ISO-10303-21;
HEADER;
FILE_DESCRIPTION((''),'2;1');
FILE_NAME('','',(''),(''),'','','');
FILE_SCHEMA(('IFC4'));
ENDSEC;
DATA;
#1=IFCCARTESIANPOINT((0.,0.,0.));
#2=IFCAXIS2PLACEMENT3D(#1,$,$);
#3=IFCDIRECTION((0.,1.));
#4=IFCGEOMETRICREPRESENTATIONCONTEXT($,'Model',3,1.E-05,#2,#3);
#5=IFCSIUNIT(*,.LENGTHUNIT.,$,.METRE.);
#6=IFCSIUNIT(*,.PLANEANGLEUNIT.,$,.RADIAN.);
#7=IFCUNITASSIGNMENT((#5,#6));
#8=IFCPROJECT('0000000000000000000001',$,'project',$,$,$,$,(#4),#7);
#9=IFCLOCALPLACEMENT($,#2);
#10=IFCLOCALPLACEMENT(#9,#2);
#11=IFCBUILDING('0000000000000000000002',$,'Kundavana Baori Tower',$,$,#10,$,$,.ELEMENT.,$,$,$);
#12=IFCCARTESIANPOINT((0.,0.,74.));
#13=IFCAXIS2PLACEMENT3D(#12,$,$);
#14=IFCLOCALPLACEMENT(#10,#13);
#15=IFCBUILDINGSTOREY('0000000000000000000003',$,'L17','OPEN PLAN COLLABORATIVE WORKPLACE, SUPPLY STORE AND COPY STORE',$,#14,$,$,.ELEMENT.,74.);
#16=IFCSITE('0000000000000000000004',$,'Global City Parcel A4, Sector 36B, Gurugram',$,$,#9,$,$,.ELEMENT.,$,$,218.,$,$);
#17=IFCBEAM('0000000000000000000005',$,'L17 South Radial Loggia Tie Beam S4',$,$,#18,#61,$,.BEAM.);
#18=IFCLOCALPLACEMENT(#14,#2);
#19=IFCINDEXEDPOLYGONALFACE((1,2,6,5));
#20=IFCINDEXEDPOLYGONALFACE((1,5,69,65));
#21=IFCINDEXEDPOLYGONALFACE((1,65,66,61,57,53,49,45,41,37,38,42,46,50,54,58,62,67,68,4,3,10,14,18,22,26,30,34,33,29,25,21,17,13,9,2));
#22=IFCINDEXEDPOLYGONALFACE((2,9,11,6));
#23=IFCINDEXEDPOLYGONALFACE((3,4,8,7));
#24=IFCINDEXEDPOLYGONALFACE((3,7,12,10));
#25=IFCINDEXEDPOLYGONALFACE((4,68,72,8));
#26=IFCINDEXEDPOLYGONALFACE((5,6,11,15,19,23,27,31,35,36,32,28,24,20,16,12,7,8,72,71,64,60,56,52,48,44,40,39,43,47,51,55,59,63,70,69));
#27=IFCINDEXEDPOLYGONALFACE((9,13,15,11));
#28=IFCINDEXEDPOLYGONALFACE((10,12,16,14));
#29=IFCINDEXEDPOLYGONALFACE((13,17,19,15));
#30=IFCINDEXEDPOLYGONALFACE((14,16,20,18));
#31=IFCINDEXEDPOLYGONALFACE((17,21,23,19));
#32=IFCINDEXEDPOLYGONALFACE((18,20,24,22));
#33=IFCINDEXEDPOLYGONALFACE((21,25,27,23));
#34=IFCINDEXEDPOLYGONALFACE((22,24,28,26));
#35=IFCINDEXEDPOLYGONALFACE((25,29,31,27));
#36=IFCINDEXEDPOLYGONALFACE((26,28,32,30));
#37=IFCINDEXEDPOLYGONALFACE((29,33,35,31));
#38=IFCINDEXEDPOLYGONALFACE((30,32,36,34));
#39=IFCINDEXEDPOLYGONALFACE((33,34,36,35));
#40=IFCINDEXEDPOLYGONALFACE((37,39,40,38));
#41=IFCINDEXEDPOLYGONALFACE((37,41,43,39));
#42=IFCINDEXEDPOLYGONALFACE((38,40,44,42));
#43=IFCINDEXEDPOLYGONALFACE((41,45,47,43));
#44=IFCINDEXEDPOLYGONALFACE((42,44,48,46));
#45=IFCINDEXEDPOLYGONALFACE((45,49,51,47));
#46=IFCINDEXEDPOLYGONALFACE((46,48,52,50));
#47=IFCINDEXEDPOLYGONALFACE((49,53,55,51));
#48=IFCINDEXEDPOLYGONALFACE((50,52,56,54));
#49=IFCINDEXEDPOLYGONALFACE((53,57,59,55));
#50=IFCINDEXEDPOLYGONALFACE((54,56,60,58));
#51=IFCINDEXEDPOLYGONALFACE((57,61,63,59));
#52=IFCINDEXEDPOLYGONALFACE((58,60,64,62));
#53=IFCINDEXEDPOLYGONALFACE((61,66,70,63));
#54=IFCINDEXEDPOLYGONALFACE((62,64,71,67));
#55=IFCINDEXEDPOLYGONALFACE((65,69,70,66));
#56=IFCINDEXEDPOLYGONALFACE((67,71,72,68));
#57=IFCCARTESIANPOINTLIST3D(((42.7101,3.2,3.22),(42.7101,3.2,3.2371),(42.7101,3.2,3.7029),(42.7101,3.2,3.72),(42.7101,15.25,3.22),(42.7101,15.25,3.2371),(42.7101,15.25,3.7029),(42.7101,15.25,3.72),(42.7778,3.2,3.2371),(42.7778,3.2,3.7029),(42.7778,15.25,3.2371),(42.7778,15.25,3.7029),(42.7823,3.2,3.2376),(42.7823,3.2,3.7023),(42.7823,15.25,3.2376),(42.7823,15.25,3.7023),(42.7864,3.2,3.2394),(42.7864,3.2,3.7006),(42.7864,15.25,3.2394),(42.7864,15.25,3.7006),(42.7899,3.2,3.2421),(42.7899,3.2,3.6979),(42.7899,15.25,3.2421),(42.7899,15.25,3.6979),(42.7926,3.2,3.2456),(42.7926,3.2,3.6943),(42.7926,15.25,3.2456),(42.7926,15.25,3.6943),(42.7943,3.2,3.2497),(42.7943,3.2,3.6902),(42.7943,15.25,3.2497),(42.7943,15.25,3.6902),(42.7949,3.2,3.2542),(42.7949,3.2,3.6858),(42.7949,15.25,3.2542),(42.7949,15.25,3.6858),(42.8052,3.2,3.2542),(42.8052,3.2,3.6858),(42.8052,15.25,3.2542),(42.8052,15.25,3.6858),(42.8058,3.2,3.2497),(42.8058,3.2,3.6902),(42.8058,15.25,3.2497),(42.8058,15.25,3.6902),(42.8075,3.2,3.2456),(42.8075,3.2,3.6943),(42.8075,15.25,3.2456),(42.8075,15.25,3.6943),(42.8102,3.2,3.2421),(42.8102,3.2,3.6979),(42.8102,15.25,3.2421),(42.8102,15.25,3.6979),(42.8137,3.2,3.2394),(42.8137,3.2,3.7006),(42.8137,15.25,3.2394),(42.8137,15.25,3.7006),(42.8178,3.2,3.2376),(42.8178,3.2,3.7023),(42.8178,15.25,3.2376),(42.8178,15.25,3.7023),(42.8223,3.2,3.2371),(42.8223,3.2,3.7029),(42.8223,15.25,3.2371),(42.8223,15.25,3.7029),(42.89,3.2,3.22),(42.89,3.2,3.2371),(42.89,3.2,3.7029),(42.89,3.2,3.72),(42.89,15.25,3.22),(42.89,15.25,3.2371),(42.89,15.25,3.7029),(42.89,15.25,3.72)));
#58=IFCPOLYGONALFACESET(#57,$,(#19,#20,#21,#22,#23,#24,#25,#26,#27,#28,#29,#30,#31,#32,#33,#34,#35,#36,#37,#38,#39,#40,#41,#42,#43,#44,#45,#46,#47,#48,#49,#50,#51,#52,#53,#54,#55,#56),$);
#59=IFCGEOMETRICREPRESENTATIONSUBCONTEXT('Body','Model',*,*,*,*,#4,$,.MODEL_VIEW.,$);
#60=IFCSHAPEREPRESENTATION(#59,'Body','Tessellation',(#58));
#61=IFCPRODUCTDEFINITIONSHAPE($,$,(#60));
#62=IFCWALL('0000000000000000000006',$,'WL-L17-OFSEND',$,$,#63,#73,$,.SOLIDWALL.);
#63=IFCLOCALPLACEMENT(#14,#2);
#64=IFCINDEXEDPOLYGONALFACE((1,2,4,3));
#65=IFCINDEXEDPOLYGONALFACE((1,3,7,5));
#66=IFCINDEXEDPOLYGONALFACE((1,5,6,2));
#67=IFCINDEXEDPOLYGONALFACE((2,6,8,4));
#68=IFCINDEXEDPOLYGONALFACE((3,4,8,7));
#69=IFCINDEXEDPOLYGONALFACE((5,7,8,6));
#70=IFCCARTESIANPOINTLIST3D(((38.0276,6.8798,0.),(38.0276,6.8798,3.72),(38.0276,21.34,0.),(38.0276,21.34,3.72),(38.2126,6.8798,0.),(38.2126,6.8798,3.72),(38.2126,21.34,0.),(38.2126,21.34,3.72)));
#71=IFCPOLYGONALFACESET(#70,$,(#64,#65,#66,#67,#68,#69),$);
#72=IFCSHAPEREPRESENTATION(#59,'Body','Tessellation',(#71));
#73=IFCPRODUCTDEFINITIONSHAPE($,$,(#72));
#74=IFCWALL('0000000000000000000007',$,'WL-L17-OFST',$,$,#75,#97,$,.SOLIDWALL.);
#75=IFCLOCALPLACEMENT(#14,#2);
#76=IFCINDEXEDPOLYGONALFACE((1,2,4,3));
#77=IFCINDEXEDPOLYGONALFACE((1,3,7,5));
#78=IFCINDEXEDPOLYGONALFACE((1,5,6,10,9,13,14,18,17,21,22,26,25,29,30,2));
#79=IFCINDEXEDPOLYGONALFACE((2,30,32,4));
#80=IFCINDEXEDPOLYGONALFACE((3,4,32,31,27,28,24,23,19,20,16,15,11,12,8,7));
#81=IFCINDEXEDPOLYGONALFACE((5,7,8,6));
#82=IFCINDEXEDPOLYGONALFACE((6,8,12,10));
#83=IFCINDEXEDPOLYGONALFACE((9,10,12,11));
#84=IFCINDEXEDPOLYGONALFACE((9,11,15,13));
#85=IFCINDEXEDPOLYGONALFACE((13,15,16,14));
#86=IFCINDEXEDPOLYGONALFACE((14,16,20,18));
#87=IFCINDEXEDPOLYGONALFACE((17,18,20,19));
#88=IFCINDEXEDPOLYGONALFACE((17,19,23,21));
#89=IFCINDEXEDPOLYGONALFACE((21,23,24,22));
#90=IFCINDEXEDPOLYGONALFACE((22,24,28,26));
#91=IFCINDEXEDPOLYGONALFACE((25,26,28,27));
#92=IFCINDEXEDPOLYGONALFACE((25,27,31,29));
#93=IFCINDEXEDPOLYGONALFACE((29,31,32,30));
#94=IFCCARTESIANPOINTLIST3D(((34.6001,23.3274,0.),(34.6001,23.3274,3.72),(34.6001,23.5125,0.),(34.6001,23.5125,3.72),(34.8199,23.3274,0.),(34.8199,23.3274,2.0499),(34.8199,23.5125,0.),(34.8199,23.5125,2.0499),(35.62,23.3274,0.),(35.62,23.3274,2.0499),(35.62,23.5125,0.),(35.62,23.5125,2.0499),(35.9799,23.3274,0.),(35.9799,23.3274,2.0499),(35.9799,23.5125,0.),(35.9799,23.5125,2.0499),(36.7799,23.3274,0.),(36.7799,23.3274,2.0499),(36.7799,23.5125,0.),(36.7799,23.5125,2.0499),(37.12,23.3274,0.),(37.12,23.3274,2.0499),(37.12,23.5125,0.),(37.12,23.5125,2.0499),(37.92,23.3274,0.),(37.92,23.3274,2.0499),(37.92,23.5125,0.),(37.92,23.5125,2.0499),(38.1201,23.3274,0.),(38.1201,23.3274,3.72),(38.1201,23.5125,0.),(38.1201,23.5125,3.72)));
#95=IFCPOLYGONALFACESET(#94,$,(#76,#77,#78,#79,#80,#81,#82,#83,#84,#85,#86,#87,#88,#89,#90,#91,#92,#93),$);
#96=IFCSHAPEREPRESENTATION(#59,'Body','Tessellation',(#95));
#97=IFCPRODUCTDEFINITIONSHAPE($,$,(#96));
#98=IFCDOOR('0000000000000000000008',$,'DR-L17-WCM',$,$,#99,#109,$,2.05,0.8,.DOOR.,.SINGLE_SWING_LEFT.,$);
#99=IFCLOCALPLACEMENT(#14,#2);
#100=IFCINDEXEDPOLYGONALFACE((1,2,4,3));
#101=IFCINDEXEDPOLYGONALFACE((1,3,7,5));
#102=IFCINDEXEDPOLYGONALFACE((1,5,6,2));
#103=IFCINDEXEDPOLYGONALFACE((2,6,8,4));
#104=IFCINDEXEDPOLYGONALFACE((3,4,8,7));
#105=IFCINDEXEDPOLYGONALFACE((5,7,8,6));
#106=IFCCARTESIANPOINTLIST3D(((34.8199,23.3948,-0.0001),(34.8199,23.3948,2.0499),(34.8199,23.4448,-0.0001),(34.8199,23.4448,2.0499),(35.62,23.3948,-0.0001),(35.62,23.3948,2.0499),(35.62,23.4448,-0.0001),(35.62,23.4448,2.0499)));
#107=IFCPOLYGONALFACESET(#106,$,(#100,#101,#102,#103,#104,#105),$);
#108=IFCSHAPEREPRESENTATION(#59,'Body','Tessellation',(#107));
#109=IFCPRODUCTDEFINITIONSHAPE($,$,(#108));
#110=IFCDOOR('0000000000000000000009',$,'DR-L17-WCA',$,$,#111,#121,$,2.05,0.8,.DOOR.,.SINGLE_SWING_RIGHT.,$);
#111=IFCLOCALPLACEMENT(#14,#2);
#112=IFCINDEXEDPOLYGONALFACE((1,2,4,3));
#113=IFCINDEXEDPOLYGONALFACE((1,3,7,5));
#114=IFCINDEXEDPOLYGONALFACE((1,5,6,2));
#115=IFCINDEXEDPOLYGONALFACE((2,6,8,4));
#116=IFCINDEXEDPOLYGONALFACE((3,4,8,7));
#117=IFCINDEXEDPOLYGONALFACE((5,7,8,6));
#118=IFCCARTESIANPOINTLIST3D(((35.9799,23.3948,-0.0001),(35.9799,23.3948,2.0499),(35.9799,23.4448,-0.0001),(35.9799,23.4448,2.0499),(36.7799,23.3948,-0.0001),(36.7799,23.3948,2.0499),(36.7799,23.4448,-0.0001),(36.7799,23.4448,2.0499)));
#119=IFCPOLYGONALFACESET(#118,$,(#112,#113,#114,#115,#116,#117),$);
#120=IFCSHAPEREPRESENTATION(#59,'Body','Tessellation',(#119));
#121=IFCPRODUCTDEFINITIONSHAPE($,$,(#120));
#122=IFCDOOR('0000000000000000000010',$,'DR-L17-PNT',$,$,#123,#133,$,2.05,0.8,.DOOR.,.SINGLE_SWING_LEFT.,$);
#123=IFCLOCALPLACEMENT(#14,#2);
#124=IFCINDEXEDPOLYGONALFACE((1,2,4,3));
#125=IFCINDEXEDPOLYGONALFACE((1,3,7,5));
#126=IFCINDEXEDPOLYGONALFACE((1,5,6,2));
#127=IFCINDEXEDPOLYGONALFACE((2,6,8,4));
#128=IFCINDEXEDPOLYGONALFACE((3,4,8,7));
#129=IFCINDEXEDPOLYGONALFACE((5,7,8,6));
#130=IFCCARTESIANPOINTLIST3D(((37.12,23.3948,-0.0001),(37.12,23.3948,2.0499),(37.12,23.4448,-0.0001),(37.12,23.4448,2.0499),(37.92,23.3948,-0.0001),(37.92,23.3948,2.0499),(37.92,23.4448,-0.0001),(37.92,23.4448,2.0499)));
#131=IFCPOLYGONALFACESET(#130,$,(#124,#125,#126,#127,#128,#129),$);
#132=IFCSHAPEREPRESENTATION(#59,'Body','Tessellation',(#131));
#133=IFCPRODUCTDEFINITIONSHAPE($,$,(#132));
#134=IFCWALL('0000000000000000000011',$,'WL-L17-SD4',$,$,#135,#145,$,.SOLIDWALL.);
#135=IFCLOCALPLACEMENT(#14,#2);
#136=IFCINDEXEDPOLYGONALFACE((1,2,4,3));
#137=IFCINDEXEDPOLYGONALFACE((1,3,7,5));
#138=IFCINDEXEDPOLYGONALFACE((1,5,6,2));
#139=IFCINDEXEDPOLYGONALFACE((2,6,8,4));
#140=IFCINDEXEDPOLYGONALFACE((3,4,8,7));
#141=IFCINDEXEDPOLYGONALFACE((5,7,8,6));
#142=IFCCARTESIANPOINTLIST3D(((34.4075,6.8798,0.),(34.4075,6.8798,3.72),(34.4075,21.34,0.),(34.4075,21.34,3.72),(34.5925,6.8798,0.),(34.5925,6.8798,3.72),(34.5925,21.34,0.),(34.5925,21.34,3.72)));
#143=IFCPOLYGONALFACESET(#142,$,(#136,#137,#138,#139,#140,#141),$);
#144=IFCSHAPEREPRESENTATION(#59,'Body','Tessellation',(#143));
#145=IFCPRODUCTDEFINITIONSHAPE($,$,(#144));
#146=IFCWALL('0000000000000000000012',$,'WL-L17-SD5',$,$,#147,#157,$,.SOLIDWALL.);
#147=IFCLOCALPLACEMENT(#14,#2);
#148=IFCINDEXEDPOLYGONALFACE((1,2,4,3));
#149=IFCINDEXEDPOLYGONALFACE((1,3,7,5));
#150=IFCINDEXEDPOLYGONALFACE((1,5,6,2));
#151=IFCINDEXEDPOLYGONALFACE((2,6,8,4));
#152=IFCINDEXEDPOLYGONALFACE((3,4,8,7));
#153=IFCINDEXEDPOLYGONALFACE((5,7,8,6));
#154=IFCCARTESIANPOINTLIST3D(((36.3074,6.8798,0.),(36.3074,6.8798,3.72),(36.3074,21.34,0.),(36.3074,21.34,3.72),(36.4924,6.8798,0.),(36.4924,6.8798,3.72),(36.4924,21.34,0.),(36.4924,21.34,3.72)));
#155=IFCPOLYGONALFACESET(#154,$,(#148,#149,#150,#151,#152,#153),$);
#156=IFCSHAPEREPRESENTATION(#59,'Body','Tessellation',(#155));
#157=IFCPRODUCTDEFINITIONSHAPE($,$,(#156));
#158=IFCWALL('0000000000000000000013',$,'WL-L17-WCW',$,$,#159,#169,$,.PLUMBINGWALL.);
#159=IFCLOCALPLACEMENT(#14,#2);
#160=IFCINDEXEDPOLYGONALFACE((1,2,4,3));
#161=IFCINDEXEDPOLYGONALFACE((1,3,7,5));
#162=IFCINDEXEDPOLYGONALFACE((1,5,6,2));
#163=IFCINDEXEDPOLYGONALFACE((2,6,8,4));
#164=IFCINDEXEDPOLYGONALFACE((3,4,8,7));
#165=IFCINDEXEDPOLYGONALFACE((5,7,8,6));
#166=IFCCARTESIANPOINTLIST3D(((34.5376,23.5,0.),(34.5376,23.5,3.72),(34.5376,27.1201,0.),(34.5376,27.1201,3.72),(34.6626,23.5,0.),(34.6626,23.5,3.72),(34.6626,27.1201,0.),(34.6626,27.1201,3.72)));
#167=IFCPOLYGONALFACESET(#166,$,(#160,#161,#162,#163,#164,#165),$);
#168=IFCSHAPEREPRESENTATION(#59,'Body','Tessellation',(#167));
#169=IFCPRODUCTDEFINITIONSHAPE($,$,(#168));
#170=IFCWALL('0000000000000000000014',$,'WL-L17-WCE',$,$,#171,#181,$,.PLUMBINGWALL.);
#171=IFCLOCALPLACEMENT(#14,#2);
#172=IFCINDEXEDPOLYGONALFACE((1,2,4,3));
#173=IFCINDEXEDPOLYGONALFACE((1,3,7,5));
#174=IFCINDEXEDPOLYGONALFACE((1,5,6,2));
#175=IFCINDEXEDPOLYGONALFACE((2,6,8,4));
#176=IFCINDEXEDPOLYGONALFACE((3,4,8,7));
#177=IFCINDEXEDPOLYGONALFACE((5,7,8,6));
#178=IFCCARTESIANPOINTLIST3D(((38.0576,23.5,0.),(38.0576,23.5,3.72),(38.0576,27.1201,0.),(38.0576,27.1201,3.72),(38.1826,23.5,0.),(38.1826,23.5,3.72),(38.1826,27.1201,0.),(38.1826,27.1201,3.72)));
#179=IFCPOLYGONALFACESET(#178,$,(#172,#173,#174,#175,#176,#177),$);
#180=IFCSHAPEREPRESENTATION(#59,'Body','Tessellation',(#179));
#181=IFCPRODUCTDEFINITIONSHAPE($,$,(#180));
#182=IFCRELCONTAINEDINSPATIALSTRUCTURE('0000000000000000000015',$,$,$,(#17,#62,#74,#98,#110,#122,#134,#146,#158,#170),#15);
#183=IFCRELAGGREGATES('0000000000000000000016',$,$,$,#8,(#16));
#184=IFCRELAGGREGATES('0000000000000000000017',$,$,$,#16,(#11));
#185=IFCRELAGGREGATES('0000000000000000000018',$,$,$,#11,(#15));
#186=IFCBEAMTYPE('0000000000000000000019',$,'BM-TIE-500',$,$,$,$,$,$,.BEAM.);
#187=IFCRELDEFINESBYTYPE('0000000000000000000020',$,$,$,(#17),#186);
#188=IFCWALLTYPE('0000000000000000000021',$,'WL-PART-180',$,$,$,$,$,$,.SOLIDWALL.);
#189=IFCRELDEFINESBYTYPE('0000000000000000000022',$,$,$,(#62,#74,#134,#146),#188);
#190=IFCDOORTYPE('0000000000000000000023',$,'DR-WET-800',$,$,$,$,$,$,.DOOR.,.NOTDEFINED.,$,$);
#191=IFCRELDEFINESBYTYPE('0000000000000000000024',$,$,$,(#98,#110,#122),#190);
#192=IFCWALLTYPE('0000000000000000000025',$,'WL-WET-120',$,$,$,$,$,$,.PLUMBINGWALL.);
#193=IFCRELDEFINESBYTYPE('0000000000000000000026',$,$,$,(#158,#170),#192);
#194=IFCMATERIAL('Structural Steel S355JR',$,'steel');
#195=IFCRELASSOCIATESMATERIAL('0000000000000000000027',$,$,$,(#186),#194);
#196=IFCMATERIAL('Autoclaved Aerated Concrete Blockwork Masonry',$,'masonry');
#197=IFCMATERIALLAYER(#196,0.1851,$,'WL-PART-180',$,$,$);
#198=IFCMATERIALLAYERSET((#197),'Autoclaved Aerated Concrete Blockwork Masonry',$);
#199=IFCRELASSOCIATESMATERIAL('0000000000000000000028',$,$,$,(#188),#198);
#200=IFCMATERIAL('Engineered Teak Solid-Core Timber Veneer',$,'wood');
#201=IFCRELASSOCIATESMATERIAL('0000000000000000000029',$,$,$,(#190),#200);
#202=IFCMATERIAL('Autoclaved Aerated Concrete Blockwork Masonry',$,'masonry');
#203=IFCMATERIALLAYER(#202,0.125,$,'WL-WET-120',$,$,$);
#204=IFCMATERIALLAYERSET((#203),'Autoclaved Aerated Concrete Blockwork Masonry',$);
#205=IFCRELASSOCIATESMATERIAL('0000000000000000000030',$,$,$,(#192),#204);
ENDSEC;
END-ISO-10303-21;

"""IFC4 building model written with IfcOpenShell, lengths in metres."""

from ifc_helpers import new_model, si_unit, direction, frame, frame_2d, origin, origin_2d, place, context, subcontext, project, spatial, rectangle, i_section, extrude, material, layer, layer_set, material_profile, profile_set, type_object, element, fill, save


model = new_model("IFC4")

# Units and contexts
model_context = context("Model", 3, precision=1e-05, world=origin(), true_north=direction((0.0, 1.0)))
body_context = subcontext(model_context, "Body", "Model", "MODEL_VIEW")
ifc_project = project(units=[si_unit("LENGTHUNIT", "METRE"), si_unit("PLANEANGLEUNIT", "RADIAN")], contexts=[model_context])

# Site, building, storey
site_placement = place(None, origin())
site = spatial("IfcSite", under=ifc_project, at=site_placement, Name="Global City Parcel A4, Sector 36B, Gurugram", CompositionType="ELEMENT", RefElevation=218.0)
building_placement = place(site_placement, origin())
building = spatial("IfcBuilding", under=site, at=building_placement, Name="Kundavana Baori Tower", CompositionType="ELEMENT")
storey_placement = place(building_placement, frame((0.0, 0.0, 74.0)))
storey = spatial("IfcBuildingStorey", under=building, at=storey_placement, Name="L17", Description="OPEN PLAN COLLABORATIVE WORKPLACE, SUPPLY STORE AND COPY STORE", CompositionType="ELEMENT", Elevation=74.0)

# Beam
ifc_material_1 = material(Name="Structural Steel S355JR", Category="steel")
ifc_material_profile_1 = material_profile(ifc_material_1, i_section(OverallWidth=0.1799, OverallDepth=0.5, WebThickness=0.0103, FlangeThickness=0.0171, FilletRadius=0.0171, at=origin_2d()), Name="ISMB 500")
ifc_profile_set_1 = profile_set([ifc_material_profile_1], Name="Structural Steel S355JR")
beam_type_1 = type_object("IfcBeamType", Name="BM-TIE-500", PredefinedType="BEAM", material=ifc_profile_set_1)
beam_1_placement = place(storey_placement, frame((42.8, 15.25, 3.47), z_axis=(0.0, -1.0, 0.0), x_axis=(1.0, 0.0, 0.0)))
element("IfcBeam", 1, at=beam_1_placement, inside=storey, type_object=beam_type_1, Name="L17 South Radial Loggia Tie Beam S4", PredefinedType="BEAM", context=body_context, shape_type="SweptSolid", body=[
    extrude(i_section(OverallWidth=0.1799, OverallDepth=0.5, WebThickness=0.0103, FlangeThickness=0.0171, FilletRadius=0.0171, at=origin_2d()), origin(), (0.0, 0.0, 1.0), 12.05),
])

# Wall
ifc_material_2 = material(Name="Autoclaved Aerated Concrete Blockwork Masonry", Category="masonry")
ifc_layer_1 = layer(ifc_material_2, 0.1851, Name="WL-PART-180")
ifc_layer_set_1 = layer_set([ifc_layer_1], Name="Autoclaved Aerated Concrete Blockwork Masonry")
wall_type_1 = type_object("IfcWallType", Name="WL-PART-180", PredefinedType="SOLIDWALL", material=ifc_layer_set_1)
wall_1_placement = place(storey_placement, frame((38.1201, 6.8799, 0.0), z_axis=(0.0, 0.0, 1.0), x_axis=(0.0, 1.0, 0.0)))
element("IfcWall", 2, at=wall_1_placement, inside=storey, type_object=wall_type_1, Name="WL-L17-OFSEND", PredefinedType="SOLIDWALL", context=body_context, shape_type="SweptSolid", body=[
    extrude(rectangle(XDim=14.4602, YDim=0.1851, at=frame_2d((7.23, 0.0))), origin(), (0.0, 0.0, 1.0), 3.72),
])

# Wall, openings, doors
wall_2_placement = place(storey_placement, frame((34.6001, 23.4199, 0.0), z_axis=(0.0, 0.0, 1.0), x_axis=(1.0, 0.0, 0.0)))
wall_2 = element("IfcWall", 3, at=wall_2_placement, inside=storey, type_object=wall_type_1, Name="WL-L17-OFST", PredefinedType="SOLIDWALL", context=body_context, shape_type="SweptSolid", body=[
    extrude(rectangle(XDim=3.52, YDim=0.1851, at=frame_2d((1.76, 0.0))), origin(), (0.0, 0.0, 1.0), 3.72),
])
opening_1_placement = place(wall_2_placement, frame((0.22, 0.0, 0.0)))
opening_1 = element("IfcOpeningElement", 4, at=opening_1_placement, cuts=wall_2, PredefinedType="OPENING", context=body_context, shape_type="SweptSolid", body=[
    extrude(rectangle(XDim=0.8, YDim=2.05, at=frame_2d((0.3999, 1.0249))), frame((0.0, 0.1025, 0.0), z_axis=(0.0, -1.0, 0.0), x_axis=(1.0, 0.0, 0.0)), (0.0, 0.0, 1.0), 0.2051),
])
opening_2_placement = place(wall_2_placement, frame((1.3799, 0.0, 0.0)))
opening_2 = element("IfcOpeningElement", 5, at=opening_2_placement, cuts=wall_2, PredefinedType="OPENING", context=body_context, shape_type="SweptSolid", body=[
    extrude(rectangle(XDim=0.8, YDim=2.05, at=frame_2d((0.3999, 1.0249))), frame((0.0, 0.1025, 0.0), z_axis=(0.0, -1.0, 0.0), x_axis=(1.0, 0.0, 0.0)), (0.0, 0.0, 1.0), 0.2051),
])
opening_3_placement = place(wall_2_placement, frame((2.52, 0.0, 0.0)))
opening_3 = element("IfcOpeningElement", 6, at=opening_3_placement, cuts=wall_2, PredefinedType="OPENING", context=body_context, shape_type="SweptSolid", body=[
    extrude(rectangle(XDim=0.8, YDim=2.05, at=frame_2d((0.3999, 1.0249))), frame((0.0, 0.1025, 0.0), z_axis=(0.0, -1.0, 0.0), x_axis=(1.0, 0.0, 0.0)), (0.0, 0.0, 1.0), 0.2051),
])
ifc_material_3 = material(Name="Engineered Teak Solid-Core Timber Veneer", Category="wood")
door_type = type_object("IfcDoorType", Name="DR-WET-800", OperationType="NOTDEFINED", PredefinedType="DOOR", material=ifc_material_3)
door_1_placement = place(opening_1_placement, origin())
door_1 = element("IfcDoor", 7, at=door_1_placement, inside=storey, type_object=door_type, Name="DR-L17-WCM", OperationType="SINGLE_SWING_LEFT", OverallHeight=2.05, OverallWidth=0.8, PredefinedType="DOOR", context=body_context, shape_type="SweptSolid", body=[
    extrude(rectangle(XDim=0.8, YDim=2.05, at=frame_2d((0.3999, 1.0249))), frame((0.0, 0.0249, 0.0), z_axis=(0.0, -1.0, 0.0), x_axis=(1.0, 0.0, 0.0)), (0.0, 0.0, 1.0), 0.05),
])
fill(opening_1, door_1)
door_2_placement = place(opening_2_placement, origin())
door_2 = element("IfcDoor", 8, at=door_2_placement, inside=storey, type_object=door_type, Name="DR-L17-WCA", OperationType="SINGLE_SWING_RIGHT", OverallHeight=2.05, OverallWidth=0.8, PredefinedType="DOOR", context=body_context, shape_type="SweptSolid", body=[
    extrude(rectangle(XDim=0.8, YDim=2.05, at=frame_2d((0.3999, 1.0249))), frame((0.0, 0.0249, 0.0), z_axis=(0.0, -1.0, 0.0), x_axis=(1.0, 0.0, 0.0)), (0.0, 0.0, 1.0), 0.05),
])
fill(opening_2, door_2)
door_3_placement = place(opening_3_placement, origin())
door_3 = element("IfcDoor", 9, at=door_3_placement, inside=storey, type_object=door_type, Name="DR-L17-PNT", OperationType="SINGLE_SWING_LEFT", OverallHeight=2.05, OverallWidth=0.8, PredefinedType="DOOR", context=body_context, shape_type="SweptSolid", body=[
    extrude(rectangle(XDim=0.8, YDim=2.05, at=frame_2d((0.3999, 1.0249))), frame((0.0, 0.0249, 0.0), z_axis=(0.0, -1.0, 0.0), x_axis=(1.0, 0.0, 0.0)), (0.0, 0.0, 1.0), 0.05),
])
fill(opening_3, door_3)

# Walls
for number, where, z_axis, x_axis, name in (
    (10, (34.5, 6.8799, 0.0), (0.0, 0.0, 1.0), (0.0, 1.0, 0.0), "WL-L17-SD4"),
    (11, (36.3999, 6.8799, 0.0), (0.0, 0.0, 1.0), (0.0, 1.0, 0.0), "WL-L17-SD5"),
):
    element("IfcWall", number, at=place(storey_placement, frame(where, z_axis=z_axis, x_axis=x_axis)), inside=storey, type_object=wall_type_1, Name=name, PredefinedType="SOLIDWALL", context=body_context, shape_type="SweptSolid", body=[
        extrude(rectangle(XDim=14.4602, YDim=0.1851, at=frame_2d((7.23, 0.0))), origin(), (0.0, 0.0, 1.0), 3.72),
    ])
ifc_material_4 = material(Name="Autoclaved Aerated Concrete Blockwork Masonry", Category="masonry")
ifc_layer_2 = layer(ifc_material_4, 0.125, Name="WL-WET-120")
ifc_layer_set_2 = layer_set([ifc_layer_2], Name="Autoclaved Aerated Concrete Blockwork Masonry")
wall_type_2 = type_object("IfcWallType", Name="WL-WET-120", PredefinedType="PLUMBINGWALL", material=ifc_layer_set_2)
for number, where, z_axis, x_axis, name in (
    (12, (34.6001, 23.5, 0.0), (0.0, 0.0, 1.0), (0.0, 1.0, 0.0), "WL-L17-WCW"),
    (13, (38.1201, 23.5, 0.0), (0.0, 0.0, 1.0), (0.0, 1.0, 0.0), "WL-L17-WCE"),
):
    element("IfcWall", number, at=place(storey_placement, frame(where, z_axis=z_axis, x_axis=x_axis)), inside=storey, type_object=wall_type_2, Name=name, PredefinedType="PLUMBINGWALL", context=body_context, shape_type="SweptSolid", body=[
        extrude(rectangle(XDim=3.6201, YDim=0.125, at=frame_2d((1.8101, 0.0))), origin(), (0.0, 0.0, 1.0), 3.72),
    ])

save(model, "model.ifc")
